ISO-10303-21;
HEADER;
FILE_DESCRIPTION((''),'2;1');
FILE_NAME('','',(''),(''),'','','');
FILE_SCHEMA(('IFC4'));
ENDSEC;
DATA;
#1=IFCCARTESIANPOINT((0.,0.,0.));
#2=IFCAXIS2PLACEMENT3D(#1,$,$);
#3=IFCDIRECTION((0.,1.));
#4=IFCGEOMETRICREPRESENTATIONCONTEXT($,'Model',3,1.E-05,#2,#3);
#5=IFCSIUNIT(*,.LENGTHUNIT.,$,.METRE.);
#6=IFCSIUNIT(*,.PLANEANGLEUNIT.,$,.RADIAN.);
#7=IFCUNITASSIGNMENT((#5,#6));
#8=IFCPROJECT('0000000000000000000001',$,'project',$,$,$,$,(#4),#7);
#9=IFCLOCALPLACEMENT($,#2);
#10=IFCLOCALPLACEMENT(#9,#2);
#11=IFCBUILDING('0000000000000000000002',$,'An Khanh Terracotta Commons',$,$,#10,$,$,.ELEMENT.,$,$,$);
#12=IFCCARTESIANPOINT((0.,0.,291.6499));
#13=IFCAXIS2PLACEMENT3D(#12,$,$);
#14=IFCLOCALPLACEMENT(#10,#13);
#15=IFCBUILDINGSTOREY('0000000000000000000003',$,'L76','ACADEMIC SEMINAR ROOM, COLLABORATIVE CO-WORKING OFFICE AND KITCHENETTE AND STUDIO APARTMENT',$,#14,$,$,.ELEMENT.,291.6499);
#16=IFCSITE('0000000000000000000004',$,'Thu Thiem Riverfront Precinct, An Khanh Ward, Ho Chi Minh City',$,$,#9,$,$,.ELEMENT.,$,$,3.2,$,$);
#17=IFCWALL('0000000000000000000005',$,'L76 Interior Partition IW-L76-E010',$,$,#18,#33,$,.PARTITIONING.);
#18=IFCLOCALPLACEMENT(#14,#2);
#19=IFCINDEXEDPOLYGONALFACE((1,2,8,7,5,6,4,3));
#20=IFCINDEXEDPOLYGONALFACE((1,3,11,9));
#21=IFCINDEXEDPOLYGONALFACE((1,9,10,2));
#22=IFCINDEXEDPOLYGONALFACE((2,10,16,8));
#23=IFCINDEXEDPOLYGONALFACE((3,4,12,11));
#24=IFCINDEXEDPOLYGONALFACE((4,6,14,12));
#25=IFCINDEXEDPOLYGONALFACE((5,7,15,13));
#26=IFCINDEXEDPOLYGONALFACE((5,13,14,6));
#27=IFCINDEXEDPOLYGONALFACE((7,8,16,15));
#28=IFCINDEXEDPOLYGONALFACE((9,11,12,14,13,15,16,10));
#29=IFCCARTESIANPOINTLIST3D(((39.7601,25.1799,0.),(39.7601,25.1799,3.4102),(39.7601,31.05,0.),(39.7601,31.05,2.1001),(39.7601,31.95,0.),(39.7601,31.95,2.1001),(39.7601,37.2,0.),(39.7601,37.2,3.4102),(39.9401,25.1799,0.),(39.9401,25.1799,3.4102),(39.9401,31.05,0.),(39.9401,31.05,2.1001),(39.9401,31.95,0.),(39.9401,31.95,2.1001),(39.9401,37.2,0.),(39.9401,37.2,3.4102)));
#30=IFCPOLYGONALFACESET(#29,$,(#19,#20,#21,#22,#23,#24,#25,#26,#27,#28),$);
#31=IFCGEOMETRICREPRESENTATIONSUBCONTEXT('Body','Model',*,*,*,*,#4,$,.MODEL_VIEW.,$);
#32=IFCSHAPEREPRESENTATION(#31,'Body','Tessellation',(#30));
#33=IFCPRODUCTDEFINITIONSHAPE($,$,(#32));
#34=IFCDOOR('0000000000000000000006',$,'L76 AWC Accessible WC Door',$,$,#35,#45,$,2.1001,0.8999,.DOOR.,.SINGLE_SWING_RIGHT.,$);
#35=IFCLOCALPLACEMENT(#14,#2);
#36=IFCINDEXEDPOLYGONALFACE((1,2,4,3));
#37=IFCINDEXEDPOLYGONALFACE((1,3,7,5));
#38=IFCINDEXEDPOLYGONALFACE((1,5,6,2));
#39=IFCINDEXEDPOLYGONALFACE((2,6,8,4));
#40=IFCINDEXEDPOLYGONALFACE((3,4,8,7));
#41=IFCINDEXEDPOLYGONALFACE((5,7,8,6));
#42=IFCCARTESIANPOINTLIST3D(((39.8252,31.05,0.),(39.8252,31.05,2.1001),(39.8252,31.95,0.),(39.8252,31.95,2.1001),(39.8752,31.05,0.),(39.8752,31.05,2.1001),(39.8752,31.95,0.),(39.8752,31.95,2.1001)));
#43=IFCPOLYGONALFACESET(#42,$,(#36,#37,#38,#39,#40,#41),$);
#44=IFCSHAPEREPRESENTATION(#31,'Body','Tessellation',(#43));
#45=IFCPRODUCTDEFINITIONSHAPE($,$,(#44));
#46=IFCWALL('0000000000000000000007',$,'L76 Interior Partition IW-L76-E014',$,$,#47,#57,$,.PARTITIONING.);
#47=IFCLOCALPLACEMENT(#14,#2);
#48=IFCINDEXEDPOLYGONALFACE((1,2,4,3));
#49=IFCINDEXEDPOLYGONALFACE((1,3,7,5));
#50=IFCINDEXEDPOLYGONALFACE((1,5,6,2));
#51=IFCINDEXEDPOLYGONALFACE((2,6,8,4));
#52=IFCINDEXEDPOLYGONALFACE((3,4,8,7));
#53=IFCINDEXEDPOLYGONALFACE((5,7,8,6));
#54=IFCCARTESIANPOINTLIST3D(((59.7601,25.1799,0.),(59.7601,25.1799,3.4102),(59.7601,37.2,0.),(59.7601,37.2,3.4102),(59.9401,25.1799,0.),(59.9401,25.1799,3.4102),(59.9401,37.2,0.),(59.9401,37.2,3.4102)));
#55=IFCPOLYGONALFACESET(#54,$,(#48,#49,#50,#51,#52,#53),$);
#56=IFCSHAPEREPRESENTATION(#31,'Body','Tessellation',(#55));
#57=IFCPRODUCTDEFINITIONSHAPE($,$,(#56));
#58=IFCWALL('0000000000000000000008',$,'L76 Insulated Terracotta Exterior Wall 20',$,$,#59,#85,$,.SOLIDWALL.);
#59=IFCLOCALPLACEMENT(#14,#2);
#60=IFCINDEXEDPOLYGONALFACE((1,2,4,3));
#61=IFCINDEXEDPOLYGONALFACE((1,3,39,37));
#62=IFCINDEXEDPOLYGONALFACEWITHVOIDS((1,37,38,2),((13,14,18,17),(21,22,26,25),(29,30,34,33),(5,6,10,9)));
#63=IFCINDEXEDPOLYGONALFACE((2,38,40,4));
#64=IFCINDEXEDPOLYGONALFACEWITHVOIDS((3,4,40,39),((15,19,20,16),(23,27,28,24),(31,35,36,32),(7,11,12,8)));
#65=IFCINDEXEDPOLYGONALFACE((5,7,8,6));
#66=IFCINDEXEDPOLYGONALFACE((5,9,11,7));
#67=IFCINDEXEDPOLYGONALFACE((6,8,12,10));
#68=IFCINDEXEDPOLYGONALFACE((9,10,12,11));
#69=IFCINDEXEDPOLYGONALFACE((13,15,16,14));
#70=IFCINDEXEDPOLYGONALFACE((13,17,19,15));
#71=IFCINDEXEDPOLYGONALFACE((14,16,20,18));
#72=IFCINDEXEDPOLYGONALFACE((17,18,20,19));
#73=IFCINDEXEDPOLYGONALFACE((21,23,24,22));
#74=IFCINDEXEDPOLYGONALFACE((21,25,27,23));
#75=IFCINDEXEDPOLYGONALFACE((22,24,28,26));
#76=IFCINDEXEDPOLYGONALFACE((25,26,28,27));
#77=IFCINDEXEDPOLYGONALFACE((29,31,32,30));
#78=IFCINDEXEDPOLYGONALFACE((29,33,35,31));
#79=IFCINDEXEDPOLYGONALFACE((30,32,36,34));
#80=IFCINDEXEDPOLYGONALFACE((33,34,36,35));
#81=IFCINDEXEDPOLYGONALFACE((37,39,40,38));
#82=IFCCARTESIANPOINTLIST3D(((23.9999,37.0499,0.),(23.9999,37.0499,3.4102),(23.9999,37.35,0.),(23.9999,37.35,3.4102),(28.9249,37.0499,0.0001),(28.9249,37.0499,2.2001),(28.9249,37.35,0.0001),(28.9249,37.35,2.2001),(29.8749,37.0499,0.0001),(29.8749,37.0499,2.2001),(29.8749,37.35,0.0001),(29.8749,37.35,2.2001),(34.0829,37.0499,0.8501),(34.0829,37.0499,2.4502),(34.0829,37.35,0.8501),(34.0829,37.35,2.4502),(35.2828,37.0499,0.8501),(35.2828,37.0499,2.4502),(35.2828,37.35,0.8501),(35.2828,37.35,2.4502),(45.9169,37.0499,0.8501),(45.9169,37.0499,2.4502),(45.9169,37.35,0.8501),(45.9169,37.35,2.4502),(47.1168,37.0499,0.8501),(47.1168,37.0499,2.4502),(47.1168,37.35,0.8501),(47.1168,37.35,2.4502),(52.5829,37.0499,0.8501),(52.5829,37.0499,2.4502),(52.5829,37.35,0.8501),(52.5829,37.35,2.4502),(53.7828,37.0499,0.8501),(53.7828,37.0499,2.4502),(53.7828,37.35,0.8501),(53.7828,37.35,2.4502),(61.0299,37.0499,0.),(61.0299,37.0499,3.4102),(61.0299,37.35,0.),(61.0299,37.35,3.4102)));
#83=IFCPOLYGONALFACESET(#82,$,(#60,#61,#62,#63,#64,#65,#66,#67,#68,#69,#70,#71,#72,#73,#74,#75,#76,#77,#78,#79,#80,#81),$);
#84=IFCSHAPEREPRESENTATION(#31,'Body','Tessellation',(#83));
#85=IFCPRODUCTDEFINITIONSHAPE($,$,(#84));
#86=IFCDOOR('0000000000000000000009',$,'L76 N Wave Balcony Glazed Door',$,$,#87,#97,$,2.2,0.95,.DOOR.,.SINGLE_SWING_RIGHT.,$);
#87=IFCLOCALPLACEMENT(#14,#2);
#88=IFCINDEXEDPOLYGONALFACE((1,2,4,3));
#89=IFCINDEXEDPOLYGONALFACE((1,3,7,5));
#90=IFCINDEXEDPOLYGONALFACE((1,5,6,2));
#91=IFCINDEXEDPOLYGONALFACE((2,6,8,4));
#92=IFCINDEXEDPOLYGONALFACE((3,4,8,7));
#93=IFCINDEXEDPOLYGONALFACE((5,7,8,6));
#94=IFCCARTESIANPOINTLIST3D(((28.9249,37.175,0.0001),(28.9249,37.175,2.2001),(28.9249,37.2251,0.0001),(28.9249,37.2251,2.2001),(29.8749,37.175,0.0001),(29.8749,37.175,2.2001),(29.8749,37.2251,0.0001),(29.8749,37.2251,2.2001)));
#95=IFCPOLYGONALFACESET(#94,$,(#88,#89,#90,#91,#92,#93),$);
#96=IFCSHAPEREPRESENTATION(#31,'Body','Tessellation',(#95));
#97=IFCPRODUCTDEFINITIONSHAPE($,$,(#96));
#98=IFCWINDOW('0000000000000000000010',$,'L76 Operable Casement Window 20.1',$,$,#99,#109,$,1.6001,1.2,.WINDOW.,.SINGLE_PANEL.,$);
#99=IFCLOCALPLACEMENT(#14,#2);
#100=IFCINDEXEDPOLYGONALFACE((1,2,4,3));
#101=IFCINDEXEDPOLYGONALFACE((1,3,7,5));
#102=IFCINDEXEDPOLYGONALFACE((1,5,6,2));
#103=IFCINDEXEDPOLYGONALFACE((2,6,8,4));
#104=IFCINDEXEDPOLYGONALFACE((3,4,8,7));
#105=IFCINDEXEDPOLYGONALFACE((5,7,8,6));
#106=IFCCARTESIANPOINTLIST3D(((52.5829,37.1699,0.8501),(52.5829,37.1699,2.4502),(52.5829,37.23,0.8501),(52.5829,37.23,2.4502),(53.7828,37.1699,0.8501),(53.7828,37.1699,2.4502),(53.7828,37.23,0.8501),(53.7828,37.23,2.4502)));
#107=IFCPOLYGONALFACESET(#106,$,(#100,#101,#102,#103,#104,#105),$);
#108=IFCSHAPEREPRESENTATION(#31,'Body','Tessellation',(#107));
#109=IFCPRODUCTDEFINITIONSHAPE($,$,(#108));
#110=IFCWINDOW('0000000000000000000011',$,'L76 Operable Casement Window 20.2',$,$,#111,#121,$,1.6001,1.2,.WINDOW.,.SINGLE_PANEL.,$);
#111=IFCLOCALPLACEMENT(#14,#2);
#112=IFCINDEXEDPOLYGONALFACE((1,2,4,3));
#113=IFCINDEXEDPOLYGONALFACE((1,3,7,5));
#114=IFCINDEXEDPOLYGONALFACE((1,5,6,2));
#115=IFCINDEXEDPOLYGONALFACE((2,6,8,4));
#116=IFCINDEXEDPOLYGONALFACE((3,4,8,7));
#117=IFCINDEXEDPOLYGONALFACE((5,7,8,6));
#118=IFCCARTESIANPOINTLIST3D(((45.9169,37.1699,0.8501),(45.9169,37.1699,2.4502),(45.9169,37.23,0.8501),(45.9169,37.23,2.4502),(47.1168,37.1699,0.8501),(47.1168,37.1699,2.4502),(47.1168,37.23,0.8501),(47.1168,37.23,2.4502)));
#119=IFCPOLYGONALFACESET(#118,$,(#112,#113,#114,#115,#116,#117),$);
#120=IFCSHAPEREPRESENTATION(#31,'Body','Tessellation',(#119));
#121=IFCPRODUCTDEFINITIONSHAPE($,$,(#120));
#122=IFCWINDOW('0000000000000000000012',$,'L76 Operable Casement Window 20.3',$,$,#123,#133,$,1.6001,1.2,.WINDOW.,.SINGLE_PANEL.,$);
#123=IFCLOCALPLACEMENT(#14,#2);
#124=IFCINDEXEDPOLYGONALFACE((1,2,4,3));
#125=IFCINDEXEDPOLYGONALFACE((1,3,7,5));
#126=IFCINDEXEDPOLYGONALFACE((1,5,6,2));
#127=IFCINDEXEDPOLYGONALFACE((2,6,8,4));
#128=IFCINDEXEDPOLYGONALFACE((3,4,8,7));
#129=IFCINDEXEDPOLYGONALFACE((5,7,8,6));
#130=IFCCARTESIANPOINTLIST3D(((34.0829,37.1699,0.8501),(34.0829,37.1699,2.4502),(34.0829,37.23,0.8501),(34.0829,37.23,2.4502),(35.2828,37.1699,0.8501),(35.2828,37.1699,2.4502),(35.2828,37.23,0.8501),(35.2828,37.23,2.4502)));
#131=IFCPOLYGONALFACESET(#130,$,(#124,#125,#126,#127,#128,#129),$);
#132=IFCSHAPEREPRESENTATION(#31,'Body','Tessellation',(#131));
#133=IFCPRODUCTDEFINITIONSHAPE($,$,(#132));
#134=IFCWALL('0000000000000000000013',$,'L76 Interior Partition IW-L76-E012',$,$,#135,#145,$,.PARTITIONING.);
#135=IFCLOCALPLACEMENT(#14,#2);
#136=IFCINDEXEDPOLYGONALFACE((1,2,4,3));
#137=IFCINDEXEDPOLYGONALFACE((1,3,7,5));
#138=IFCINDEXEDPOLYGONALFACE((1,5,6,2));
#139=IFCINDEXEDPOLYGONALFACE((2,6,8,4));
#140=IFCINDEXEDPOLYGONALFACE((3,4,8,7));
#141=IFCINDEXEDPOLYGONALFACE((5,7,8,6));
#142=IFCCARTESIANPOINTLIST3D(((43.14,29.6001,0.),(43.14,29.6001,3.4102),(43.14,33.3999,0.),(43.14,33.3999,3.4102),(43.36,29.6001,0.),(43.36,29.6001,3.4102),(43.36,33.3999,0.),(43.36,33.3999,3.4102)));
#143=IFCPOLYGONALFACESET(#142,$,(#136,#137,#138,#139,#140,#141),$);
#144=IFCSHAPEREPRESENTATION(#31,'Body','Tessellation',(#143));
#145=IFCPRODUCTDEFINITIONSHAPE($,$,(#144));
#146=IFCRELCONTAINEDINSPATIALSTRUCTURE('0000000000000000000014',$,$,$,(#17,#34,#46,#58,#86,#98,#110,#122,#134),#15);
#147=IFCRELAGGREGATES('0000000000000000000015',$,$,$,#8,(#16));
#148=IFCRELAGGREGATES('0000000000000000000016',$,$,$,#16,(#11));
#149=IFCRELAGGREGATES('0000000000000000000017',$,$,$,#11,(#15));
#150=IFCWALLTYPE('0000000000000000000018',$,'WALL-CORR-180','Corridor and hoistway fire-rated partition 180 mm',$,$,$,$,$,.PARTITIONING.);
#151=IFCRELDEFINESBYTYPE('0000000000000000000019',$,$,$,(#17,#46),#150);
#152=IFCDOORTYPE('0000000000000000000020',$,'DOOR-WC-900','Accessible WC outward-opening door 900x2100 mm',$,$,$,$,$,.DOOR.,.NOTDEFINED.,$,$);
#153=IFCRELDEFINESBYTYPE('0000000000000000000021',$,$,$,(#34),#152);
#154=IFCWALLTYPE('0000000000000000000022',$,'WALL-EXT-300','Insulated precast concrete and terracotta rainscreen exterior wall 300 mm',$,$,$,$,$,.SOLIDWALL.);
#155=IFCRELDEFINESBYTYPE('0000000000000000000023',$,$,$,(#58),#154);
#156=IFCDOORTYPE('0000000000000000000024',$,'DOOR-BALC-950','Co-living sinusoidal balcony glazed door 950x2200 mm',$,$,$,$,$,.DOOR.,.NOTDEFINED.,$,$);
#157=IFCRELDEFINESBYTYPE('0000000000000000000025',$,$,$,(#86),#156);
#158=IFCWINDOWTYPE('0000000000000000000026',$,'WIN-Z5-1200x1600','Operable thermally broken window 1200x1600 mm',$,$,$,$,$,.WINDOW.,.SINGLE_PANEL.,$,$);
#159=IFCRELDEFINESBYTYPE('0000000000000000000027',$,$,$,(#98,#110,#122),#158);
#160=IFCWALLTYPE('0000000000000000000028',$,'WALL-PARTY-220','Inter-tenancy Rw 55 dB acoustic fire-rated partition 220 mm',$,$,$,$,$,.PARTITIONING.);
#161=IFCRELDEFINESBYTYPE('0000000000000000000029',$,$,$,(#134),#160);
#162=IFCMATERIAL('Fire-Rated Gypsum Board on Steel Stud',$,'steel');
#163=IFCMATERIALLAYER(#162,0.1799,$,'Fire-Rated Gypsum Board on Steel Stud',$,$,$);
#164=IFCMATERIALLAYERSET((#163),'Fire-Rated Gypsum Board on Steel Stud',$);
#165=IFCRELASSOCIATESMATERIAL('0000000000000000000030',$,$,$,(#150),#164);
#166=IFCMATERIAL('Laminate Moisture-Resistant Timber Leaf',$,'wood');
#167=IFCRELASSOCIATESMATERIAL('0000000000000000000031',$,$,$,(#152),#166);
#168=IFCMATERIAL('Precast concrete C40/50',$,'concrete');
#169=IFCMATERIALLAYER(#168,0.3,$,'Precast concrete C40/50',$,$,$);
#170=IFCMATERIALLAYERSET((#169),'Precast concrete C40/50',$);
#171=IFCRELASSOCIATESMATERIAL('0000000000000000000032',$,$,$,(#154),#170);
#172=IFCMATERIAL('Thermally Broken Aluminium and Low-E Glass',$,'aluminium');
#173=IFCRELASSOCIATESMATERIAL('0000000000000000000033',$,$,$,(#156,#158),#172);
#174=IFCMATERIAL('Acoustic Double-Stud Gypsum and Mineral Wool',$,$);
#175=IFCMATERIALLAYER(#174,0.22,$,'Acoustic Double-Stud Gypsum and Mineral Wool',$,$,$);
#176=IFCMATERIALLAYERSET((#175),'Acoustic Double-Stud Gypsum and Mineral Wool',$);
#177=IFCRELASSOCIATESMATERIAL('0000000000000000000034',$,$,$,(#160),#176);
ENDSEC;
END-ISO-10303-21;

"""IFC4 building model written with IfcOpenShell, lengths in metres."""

from ifc_helpers import new_model, si_unit, direction, frame, frame_2d, origin, place, context, subcontext, project, spatial, rectangle, extrude, material, layer, layer_set, type_object, element, fill, save


model = new_model("IFC4")

# Units and contexts
model_context = context("Model", 3, precision=1e-05, world=origin(), true_north=direction((0.0, 1.0)))
body_context = subcontext(model_context, "Body", "Model", "MODEL_VIEW")
ifc_project = project(units=[si_unit("LENGTHUNIT", "METRE"), si_unit("PLANEANGLEUNIT", "RADIAN")], contexts=[model_context])

# Site, building, storey
site_placement = place(None, origin())
site = spatial("IfcSite", under=ifc_project, at=site_placement, Name="Thu Thiem Riverfront Precinct, An Khanh Ward, Ho Chi Minh City", CompositionType="ELEMENT", RefElevation=3.2)
building_placement = place(site_placement, origin())
building = spatial("IfcBuilding", under=site, at=building_placement, Name="An Khanh Terracotta Commons", CompositionType="ELEMENT")
storey_placement = place(building_placement, frame((0.0, 0.0, 291.6499)))
storey = spatial("IfcBuildingStorey", under=building, at=storey_placement, Name="L76", Description="ACADEMIC SEMINAR ROOM, COLLABORATIVE CO-WORKING OFFICE AND KITCHENETTE AND STUDIO APARTMENT", CompositionType="ELEMENT", Elevation=291.6499)

# Wall, opening, door
ifc_material_1 = material(Name="Fire-Rated Gypsum Board on Steel Stud", Category="steel")
ifc_layer_1 = layer(ifc_material_1, 0.1799, Name="Fire-Rated Gypsum Board on Steel Stud")
ifc_layer_set_1 = layer_set([ifc_layer_1], Name="Fire-Rated Gypsum Board on Steel Stud")
wall_type_1 = type_object("IfcWallType", Name="WALL-CORR-180", Description="Corridor and hoistway fire-rated partition 180 mm", PredefinedType="PARTITIONING", material=ifc_layer_set_1)
wall_1_placement = place(storey_placement, frame((39.8501, 25.1799, 0.0), z_axis=(0.0, 0.0, 1.0), x_axis=(0.0, 1.0, 0.0)))
wall_1 = element("IfcWall", 1, at=wall_1_placement, inside=storey, type_object=wall_type_1, Name="L76 Interior Partition IW-L76-E010", PredefinedType="PARTITIONING", context=body_context, shape_type="SweptSolid", body=[
    extrude(rectangle(XDim=12.02, YDim=0.1799, at=frame_2d((6.01, 0.0))), origin(), (0.0, 0.0, 1.0), 3.4102),
])
opening_1_placement = place(wall_1_placement, frame((5.8701, 0.0, 0.0)))
opening_1 = element("IfcOpeningElement", 2, at=opening_1_placement, cuts=wall_1, PredefinedType="OPENING", context=body_context, shape_type="SweptSolid", body=[
    extrude(rectangle(XDim=0.8999, YDim=2.1001, at=frame_2d((0.45, 1.05))), frame((0.0, 0.0999, 0.0), z_axis=(0.0, -1.0, 0.0), x_axis=(1.0, 0.0, 0.0)), (0.0, 0.0, 1.0), 0.2),
])
ifc_material_2 = material(Name="Laminate Moisture-Resistant Timber Leaf", Category="wood")
door_type_1 = type_object("IfcDoorType", Name="DOOR-WC-900", Description="Accessible WC outward-opening door 900x2100 mm", OperationType="NOTDEFINED", PredefinedType="DOOR", material=ifc_material_2)
door_1_placement = place(opening_1_placement, origin())
door_1 = element("IfcDoor", 3, at=door_1_placement, inside=storey, type_object=door_type_1, Name="L76 AWC Accessible WC Door", OperationType="SINGLE_SWING_RIGHT", OverallHeight=2.1001, OverallWidth=0.8999, PredefinedType="DOOR", context=body_context, shape_type="SweptSolid", body=[
    extrude(rectangle(XDim=0.8999, YDim=2.1001, at=frame_2d((0.45, 1.05))), frame((0.0, 0.0249, 0.0), z_axis=(0.0, -1.0, 0.0), x_axis=(1.0, 0.0, 0.0)), (0.0, 0.0, 1.0), 0.05),
])
fill(opening_1, door_1)

# Wall
wall_2_placement = place(storey_placement, frame((59.8501, 25.1799, 0.0), z_axis=(0.0, 0.0, 1.0), x_axis=(0.0, 1.0, 0.0)))
element("IfcWall", 4, at=wall_2_placement, inside=storey, type_object=wall_type_1, Name="L76 Interior Partition IW-L76-E014", PredefinedType="PARTITIONING", context=body_context, shape_type="SweptSolid", body=[
    extrude(rectangle(XDim=12.02, YDim=0.1799, at=frame_2d((6.01, 0.0))), origin(), (0.0, 0.0, 1.0), 3.4102),
])

# Wall, openings, door, windows
ifc_material_3 = material(Name="Precast concrete C40/50", Category="concrete")
ifc_layer_2 = layer(ifc_material_3, 0.3, Name="Precast concrete C40/50")
ifc_layer_set_2 = layer_set([ifc_layer_2], Name="Precast concrete C40/50")
wall_type_2 = type_object("IfcWallType", Name="WALL-EXT-300", Description="Insulated precast concrete and terracotta rainscreen exterior wall 300 mm", PredefinedType="SOLIDWALL", material=ifc_layer_set_2)
wall_3_placement = place(storey_placement, frame((61.03, 37.2, 0.0), z_axis=(0.0, 0.0, 1.0), x_axis=(-1.0, 0.0, 0.0)))
wall_3 = element("IfcWall", 5, at=wall_3_placement, inside=storey, type_object=wall_type_2, Name="L76 Insulated Terracotta Exterior Wall 20", PredefinedType="SOLIDWALL", context=body_context, shape_type="SweptSolid", body=[
    extrude(rectangle(XDim=37.03, YDim=0.3, at=frame_2d((18.5151, 0.0))), origin(), (0.0, 0.0, 1.0), 3.4102),
])
opening_2_placement = place(wall_3_placement, frame((31.155, 0.0, 0.0)))
opening_2 = element("IfcOpeningElement", 6, at=opening_2_placement, cuts=wall_3, PredefinedType="OPENING", context=body_context, shape_type="SweptSolid", body=[
    extrude(rectangle(XDim=0.95, YDim=2.2, at=frame_2d((0.4751, 1.1001))), frame((0.0, 0.1599, 0.0), z_axis=(0.0, -1.0, 0.0), x_axis=(1.0, 0.0, 0.0)), (0.0, 0.0, 1.0), 0.3201),
])
opening_3_placement = place(wall_3_placement, frame((7.2471, 0.0, 0.8501)))
opening_3 = element("IfcOpeningElement", 7, at=opening_3_placement, cuts=wall_3, PredefinedType="OPENING", context=body_context, shape_type="SweptSolid", body=[
    extrude(rectangle(XDim=1.2, YDim=1.6001, at=frame_2d((0.6001, 0.8))), frame((0.0, 0.1599, 0.0), z_axis=(0.0, -1.0, 0.0), x_axis=(1.0, 0.0, 0.0)), (0.0, 0.0, 1.0), 0.3201),
])
opening_4_placement = place(wall_3_placement, frame((13.9131, 0.0, 0.8501)))
opening_4 = element("IfcOpeningElement", 8, at=opening_4_placement, cuts=wall_3, PredefinedType="OPENING", context=body_context, shape_type="SweptSolid", body=[
    extrude(rectangle(XDim=1.2, YDim=1.6001, at=frame_2d((0.6001, 0.8))), frame((0.0, 0.1599, 0.0), z_axis=(0.0, -1.0, 0.0), x_axis=(1.0, 0.0, 0.0)), (0.0, 0.0, 1.0), 0.3201),
])
opening_5_placement = place(wall_3_placement, frame((25.7471, 0.0, 0.8501)))
opening_5 = element("IfcOpeningElement", 9, at=opening_5_placement, cuts=wall_3, PredefinedType="OPENING", context=body_context, shape_type="SweptSolid", body=[
    extrude(rectangle(XDim=1.2, YDim=1.6001, at=frame_2d((0.6001, 0.8))), frame((0.0, 0.1599, 0.0), z_axis=(0.0, -1.0, 0.0), x_axis=(1.0, 0.0, 0.0)), (0.0, 0.0, 1.0), 0.3201),
])
ifc_material_4 = material(Name="Thermally Broken Aluminium and Low-E Glass", Category="aluminium")
door_type_2 = type_object("IfcDoorType", Name="DOOR-BALC-950", Description="Co-living sinusoidal balcony glazed door 950x2200 mm", OperationType="NOTDEFINED", PredefinedType="DOOR", material=ifc_material_4)
door_2_placement = place(opening_2_placement, origin())
door_2 = element("IfcDoor", 10, at=door_2_placement, inside=storey, type_object=door_type_2, Name="L76 N Wave Balcony Glazed Door", OperationType="SINGLE_SWING_RIGHT", OverallHeight=2.2, OverallWidth=0.95, PredefinedType="DOOR", context=body_context, shape_type="SweptSolid", body=[
    extrude(rectangle(XDim=0.95, YDim=2.2, at=frame_2d((0.4751, 1.1001))), frame((0.0, 0.0249, 0.0), z_axis=(0.0, -1.0, 0.0), x_axis=(1.0, 0.0, 0.0)), (0.0, 0.0, 1.0), 0.05),
])
fill(opening_2, door_2)
window_type = type_object("IfcWindowType", Name="WIN-Z5-1200x1600", Description="Operable thermally broken window 1200x1600 mm", PartitioningType="SINGLE_PANEL", PredefinedType="WINDOW", material=ifc_material_4)
window_1_placement = place(opening_3_placement, origin())
window_1 = element("IfcWindow", 11, at=window_1_placement, inside=storey, type_object=window_type, Name="L76 Operable Casement Window 20.1", OverallHeight=1.6001, OverallWidth=1.2, PartitioningType="SINGLE_PANEL", PredefinedType="WINDOW", context=body_context, shape_type="SweptSolid", body=[
    extrude(rectangle(XDim=1.2, YDim=1.6001, at=frame_2d((0.6001, 0.8))), frame((0.0, 0.03, 0.0), z_axis=(0.0, -1.0, 0.0), x_axis=(1.0, 0.0, 0.0)), (0.0, 0.0, 1.0), 0.0601),
])
fill(opening_3, window_1)
window_2_placement = place(opening_4_placement, origin())
window_2 = element("IfcWindow", 12, at=window_2_placement, inside=storey, type_object=window_type, Name="L76 Operable Casement Window 20.2", OverallHeight=1.6001, OverallWidth=1.2, PartitioningType="SINGLE_PANEL", PredefinedType="WINDOW", context=body_context, shape_type="SweptSolid", body=[
    extrude(rectangle(XDim=1.2, YDim=1.6001, at=frame_2d((0.6001, 0.8))), frame((0.0, 0.03, 0.0), z_axis=(0.0, -1.0, 0.0), x_axis=(1.0, 0.0, 0.0)), (0.0, 0.0, 1.0), 0.0601),
])
fill(opening_4, window_2)
window_3_placement = place(opening_5_placement, origin())
window_3 = element("IfcWindow", 13, at=window_3_placement, inside=storey, type_object=window_type, Name="L76 Operable Casement Window 20.3", OverallHeight=1.6001, OverallWidth=1.2, PartitioningType="SINGLE_PANEL", PredefinedType="WINDOW", context=body_context, shape_type="SweptSolid", body=[
    extrude(rectangle(XDim=1.2, YDim=1.6001, at=frame_2d((0.6001, 0.8))), frame((0.0, 0.03, 0.0), z_axis=(0.0, -1.0, 0.0), x_axis=(1.0, 0.0, 0.0)), (0.0, 0.0, 1.0), 0.0601),
])
fill(opening_5, window_3)

# Wall
ifc_material_5 = material(Name="Acoustic Double-Stud Gypsum and Mineral Wool")
ifc_layer_3 = layer(ifc_material_5, 0.22, Name="Acoustic Double-Stud Gypsum and Mineral Wool")
ifc_layer_set_3 = layer_set([ifc_layer_3], Name="Acoustic Double-Stud Gypsum and Mineral Wool")
wall_type_3 = type_object("IfcWallType", Name="WALL-PARTY-220", Description="Inter-tenancy Rw 55 dB acoustic fire-rated partition 220 mm", PredefinedType="PARTITIONING", material=ifc_layer_set_3)
wall_4_placement = place(storey_placement, frame((43.25, 29.6001, 0.0), z_axis=(0.0, 0.0, 1.0), x_axis=(0.0, 1.0, 0.0)))
element("IfcWall", 14, at=wall_4_placement, inside=storey, type_object=wall_type_3, Name="L76 Interior Partition IW-L76-E012", PredefinedType="PARTITIONING", context=body_context, shape_type="SweptSolid", body=[
    extrude(rectangle(XDim=3.7998, YDim=0.22, at=frame_2d((1.8999, 0.0))), origin(), (0.0, 0.0, 1.0), 3.4102),
])

save(model, "model.ifc")
